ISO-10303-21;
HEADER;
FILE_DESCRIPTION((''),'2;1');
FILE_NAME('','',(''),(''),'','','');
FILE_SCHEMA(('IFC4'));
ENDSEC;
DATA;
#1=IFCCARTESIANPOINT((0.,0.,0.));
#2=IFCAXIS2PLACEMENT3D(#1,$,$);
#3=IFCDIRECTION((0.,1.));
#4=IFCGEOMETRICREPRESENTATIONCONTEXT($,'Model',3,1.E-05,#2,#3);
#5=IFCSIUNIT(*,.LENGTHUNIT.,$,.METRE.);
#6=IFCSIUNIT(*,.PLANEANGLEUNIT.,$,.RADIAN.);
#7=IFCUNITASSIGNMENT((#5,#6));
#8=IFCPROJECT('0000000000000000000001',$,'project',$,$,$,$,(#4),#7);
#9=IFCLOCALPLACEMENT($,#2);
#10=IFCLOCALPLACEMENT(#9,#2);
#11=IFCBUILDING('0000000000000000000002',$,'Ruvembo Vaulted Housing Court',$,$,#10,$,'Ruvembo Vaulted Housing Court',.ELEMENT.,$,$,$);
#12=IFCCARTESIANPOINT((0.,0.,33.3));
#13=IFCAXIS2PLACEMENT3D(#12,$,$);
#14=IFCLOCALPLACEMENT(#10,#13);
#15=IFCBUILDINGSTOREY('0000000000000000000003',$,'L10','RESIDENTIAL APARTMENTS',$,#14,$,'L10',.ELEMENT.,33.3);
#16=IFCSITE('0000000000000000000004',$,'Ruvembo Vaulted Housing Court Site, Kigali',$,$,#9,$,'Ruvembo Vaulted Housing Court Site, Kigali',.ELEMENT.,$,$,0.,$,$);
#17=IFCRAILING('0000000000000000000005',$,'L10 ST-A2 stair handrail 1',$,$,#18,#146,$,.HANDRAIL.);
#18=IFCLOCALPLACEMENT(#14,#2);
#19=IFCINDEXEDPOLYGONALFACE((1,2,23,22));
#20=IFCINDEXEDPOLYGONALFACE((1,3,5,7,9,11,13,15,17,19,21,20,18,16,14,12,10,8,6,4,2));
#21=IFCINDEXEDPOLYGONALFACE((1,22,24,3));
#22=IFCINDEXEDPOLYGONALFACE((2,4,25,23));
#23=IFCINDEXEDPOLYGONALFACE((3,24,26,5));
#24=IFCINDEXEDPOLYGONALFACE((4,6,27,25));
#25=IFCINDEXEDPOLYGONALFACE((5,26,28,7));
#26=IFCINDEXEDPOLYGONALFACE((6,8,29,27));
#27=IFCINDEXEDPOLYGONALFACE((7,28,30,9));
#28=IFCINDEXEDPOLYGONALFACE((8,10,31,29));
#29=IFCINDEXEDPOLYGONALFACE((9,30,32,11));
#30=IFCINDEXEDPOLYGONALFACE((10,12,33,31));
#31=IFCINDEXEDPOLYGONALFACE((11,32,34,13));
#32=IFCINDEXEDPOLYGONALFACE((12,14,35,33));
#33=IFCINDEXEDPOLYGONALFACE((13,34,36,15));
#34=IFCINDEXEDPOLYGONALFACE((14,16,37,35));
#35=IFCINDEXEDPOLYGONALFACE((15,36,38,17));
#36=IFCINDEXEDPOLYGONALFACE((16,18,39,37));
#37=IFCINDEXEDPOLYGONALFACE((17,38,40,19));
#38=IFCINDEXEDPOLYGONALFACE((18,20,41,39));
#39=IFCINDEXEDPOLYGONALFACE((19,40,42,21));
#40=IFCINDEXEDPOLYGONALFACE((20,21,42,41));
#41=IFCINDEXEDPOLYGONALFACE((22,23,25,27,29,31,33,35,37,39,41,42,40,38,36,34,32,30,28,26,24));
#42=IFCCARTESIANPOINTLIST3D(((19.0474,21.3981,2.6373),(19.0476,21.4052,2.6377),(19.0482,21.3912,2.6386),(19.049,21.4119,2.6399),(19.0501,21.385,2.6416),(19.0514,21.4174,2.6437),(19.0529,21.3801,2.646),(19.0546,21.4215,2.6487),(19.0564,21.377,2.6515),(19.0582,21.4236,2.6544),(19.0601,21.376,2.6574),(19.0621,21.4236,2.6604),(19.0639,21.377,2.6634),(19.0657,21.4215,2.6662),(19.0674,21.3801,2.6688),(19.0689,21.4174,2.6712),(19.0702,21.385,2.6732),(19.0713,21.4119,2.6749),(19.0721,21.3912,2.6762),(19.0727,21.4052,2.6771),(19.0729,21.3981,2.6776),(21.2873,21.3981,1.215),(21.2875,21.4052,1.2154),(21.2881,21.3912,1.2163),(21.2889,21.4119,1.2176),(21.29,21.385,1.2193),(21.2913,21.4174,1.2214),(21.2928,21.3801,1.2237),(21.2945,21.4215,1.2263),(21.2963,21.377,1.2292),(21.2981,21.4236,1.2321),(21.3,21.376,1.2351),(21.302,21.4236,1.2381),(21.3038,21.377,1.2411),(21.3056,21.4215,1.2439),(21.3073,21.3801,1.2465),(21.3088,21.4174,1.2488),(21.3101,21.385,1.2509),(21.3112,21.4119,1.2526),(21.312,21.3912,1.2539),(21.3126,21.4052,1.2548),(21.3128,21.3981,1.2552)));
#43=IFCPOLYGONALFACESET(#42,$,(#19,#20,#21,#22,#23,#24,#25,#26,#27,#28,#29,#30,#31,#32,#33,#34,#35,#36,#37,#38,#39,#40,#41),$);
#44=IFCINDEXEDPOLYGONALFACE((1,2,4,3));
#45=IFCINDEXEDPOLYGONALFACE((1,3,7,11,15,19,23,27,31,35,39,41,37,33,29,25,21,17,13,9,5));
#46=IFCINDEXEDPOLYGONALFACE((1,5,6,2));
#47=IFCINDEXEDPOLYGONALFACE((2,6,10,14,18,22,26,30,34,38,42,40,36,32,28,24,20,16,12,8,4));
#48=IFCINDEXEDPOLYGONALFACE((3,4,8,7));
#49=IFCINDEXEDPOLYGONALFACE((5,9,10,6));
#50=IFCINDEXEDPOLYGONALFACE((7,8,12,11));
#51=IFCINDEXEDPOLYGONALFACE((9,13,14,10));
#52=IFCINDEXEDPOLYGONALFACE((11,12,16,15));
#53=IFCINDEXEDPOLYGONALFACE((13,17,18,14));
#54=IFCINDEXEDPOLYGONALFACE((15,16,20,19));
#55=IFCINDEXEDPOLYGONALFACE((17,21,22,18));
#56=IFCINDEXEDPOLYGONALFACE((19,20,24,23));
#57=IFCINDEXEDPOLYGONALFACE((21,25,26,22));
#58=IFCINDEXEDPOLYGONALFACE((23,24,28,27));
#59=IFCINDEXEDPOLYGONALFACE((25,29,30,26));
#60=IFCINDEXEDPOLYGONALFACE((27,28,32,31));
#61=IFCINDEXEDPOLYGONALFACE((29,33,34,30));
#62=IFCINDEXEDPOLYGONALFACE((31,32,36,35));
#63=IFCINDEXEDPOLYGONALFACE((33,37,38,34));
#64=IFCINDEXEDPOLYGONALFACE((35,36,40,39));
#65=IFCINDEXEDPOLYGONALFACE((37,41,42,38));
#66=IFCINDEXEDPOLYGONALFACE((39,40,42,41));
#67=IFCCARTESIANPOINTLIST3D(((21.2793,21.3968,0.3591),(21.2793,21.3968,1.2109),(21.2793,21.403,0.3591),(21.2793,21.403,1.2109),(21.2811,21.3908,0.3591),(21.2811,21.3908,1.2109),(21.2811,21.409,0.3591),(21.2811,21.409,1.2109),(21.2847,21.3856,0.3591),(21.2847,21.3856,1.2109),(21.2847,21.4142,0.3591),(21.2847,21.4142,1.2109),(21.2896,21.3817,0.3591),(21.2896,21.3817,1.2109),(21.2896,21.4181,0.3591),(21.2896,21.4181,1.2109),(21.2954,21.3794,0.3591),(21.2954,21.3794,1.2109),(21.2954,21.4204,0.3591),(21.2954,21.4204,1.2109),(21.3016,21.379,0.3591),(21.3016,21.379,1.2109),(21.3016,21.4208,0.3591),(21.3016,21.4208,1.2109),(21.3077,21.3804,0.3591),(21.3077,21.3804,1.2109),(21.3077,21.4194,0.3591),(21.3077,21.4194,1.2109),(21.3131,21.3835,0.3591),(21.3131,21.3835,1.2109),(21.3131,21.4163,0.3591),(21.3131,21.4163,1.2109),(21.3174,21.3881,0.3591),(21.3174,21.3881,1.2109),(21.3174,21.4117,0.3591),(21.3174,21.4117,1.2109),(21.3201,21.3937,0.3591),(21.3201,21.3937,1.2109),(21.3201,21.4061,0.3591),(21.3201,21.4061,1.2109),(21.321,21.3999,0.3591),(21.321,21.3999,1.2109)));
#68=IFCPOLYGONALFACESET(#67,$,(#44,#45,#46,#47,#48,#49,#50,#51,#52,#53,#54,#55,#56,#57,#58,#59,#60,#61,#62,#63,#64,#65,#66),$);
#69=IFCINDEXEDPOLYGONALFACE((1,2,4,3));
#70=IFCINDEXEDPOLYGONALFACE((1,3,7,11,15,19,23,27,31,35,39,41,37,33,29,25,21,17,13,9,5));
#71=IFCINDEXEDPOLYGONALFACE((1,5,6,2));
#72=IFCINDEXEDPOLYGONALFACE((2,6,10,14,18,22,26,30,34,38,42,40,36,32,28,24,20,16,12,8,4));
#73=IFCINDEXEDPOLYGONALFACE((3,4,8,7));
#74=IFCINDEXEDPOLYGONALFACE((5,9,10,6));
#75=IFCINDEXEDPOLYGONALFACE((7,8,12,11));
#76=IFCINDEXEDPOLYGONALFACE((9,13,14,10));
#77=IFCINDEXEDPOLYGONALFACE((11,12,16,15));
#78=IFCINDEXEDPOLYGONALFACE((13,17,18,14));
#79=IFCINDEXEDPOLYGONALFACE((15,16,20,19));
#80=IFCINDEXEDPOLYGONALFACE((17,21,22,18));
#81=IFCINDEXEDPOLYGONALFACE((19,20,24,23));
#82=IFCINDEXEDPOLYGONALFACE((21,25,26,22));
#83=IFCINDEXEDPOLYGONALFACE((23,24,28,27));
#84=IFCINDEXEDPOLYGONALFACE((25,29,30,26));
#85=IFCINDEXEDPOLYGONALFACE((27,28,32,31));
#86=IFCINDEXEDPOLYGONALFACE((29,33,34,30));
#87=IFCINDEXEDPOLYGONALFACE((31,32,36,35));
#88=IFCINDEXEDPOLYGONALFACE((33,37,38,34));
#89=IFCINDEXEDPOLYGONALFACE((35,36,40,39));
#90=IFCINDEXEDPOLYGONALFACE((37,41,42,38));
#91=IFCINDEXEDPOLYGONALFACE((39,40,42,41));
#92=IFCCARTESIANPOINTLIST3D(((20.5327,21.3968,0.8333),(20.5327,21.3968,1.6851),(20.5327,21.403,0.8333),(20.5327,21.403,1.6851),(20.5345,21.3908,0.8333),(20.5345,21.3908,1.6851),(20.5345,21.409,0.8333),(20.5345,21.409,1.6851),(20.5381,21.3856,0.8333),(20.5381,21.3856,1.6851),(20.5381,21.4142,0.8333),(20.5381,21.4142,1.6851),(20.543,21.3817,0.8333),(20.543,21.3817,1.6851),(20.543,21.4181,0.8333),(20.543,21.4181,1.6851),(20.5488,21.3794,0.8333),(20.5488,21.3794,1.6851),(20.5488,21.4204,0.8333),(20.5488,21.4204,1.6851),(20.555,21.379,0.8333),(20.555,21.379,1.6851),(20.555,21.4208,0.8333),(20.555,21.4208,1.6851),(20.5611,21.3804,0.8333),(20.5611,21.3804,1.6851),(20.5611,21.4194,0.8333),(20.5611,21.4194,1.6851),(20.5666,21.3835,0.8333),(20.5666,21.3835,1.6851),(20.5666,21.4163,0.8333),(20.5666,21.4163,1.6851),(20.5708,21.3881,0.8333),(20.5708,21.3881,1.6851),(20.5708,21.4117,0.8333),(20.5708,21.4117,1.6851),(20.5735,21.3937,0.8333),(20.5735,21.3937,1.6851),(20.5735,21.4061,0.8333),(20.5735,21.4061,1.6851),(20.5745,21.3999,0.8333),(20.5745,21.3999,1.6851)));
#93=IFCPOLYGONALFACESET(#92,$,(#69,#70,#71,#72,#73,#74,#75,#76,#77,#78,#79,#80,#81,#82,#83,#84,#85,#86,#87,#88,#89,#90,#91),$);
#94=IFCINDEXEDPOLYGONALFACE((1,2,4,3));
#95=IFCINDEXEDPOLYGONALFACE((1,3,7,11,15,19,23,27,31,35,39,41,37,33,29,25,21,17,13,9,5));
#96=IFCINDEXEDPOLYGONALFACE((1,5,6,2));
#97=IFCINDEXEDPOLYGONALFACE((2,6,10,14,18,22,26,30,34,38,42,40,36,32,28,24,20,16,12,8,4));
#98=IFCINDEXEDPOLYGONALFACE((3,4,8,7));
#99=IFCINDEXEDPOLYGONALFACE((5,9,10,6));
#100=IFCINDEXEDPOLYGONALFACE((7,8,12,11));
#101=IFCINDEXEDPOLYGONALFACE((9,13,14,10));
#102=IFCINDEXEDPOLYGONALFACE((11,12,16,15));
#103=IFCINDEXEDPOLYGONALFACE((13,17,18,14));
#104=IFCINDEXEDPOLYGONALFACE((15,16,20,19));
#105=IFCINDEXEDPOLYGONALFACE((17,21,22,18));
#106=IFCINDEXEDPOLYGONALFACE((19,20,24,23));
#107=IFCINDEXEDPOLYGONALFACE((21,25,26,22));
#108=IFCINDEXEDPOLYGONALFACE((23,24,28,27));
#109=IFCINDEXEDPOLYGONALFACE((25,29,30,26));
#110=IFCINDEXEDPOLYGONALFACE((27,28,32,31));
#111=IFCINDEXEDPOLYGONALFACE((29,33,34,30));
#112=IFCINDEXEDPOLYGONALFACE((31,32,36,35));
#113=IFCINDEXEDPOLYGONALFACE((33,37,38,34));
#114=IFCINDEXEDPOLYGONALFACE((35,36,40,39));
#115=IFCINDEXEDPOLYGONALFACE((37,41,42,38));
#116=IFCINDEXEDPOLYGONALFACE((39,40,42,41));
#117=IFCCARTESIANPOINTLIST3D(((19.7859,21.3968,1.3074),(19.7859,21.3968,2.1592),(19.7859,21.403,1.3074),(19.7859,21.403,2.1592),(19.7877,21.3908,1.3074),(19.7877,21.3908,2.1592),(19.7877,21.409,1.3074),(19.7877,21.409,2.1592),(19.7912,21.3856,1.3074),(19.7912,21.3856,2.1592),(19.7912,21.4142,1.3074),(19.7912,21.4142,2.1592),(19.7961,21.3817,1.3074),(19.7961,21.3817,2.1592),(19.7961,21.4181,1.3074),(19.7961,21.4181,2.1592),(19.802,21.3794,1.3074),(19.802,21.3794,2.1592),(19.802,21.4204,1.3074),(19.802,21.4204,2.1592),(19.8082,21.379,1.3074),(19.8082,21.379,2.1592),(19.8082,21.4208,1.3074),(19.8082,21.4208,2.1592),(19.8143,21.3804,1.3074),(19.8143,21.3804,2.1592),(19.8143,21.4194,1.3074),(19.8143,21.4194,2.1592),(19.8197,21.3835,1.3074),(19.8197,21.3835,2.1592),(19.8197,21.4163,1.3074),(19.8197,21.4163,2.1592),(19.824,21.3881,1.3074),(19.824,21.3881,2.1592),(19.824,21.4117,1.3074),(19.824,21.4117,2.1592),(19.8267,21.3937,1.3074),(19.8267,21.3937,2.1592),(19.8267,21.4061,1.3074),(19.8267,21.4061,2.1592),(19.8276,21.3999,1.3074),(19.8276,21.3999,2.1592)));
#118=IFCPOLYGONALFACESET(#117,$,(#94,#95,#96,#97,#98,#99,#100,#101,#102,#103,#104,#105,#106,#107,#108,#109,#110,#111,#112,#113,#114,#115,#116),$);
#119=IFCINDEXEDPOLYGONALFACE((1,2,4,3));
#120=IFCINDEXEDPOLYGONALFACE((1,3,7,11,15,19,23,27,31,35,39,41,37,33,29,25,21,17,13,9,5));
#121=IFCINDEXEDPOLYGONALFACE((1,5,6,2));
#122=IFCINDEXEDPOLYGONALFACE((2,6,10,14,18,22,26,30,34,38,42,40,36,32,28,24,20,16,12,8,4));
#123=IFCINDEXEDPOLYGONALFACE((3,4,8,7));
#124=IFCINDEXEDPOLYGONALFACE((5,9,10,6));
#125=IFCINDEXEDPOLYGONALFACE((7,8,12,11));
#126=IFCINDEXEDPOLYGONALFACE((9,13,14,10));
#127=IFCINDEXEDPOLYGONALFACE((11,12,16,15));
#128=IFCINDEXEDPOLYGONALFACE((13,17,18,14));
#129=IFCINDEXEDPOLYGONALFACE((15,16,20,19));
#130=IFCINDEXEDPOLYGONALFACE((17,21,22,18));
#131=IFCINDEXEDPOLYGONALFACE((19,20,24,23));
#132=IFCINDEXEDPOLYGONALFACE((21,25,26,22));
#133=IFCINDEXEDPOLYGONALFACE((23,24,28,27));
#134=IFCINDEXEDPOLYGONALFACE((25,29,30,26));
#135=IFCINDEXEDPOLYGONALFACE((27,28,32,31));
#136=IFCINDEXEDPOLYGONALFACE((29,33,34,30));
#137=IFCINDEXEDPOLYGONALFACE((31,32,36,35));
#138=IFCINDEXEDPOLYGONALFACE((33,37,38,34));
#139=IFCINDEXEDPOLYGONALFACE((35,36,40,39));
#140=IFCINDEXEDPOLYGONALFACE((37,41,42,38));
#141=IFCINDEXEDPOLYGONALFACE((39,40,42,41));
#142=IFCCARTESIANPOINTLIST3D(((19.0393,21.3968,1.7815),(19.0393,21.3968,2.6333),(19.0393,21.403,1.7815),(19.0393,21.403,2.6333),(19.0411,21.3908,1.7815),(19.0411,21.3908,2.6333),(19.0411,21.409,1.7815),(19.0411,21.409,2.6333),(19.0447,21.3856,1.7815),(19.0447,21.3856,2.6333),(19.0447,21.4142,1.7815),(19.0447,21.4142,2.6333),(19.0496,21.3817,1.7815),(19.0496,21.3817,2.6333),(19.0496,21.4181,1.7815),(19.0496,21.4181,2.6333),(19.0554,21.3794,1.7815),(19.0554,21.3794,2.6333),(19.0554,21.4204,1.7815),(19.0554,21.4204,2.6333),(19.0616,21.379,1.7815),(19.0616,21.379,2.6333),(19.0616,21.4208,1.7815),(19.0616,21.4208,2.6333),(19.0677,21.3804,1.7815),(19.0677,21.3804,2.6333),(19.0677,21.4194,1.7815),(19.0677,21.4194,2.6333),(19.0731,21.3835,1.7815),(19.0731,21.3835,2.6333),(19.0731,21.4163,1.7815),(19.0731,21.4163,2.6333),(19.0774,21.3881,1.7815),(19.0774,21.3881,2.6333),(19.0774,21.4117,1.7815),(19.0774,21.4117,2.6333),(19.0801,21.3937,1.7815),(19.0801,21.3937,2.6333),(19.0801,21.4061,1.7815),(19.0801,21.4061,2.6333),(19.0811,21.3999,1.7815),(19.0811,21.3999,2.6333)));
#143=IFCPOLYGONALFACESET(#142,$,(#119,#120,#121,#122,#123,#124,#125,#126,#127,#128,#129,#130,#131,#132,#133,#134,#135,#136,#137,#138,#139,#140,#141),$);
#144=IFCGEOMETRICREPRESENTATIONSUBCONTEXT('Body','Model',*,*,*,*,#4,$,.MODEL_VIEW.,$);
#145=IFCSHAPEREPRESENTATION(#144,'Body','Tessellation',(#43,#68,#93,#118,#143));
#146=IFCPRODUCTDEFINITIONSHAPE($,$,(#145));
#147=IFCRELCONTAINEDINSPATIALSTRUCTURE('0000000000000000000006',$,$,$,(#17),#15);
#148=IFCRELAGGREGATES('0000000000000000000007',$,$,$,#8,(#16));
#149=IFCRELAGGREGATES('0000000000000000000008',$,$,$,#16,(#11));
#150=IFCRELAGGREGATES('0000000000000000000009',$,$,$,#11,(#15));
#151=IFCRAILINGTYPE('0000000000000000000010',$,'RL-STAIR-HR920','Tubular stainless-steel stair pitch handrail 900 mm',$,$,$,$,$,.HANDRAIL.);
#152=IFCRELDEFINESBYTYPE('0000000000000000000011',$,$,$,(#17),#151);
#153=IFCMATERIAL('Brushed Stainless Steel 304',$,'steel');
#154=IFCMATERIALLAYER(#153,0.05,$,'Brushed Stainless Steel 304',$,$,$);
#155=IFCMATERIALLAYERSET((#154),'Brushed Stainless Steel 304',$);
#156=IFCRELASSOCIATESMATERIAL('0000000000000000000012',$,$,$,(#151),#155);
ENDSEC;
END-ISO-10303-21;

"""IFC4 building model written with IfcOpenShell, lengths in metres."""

from ifc_helpers import new_model, si_unit, direction, frame, origin, origin_2d, place, context, subcontext, project, spatial, circle, extrude, material, layer, layer_set, type_object, element, save


model = new_model("IFC4")

# Units and contexts
model_context = context("Model", 3, precision=1e-05, world=origin(), true_north=direction((0.0, 1.0)))
body_context = subcontext(model_context, "Body", "Model", "MODEL_VIEW")
ifc_project = project(units=[si_unit("LENGTHUNIT", "METRE"), si_unit("PLANEANGLEUNIT", "RADIAN")], contexts=[model_context])

# Site, building, storey
site_placement = place(None, origin())
site = spatial("IfcSite", under=ifc_project, at=site_placement, Name="Ruvembo Vaulted Housing Court Site, Kigali", LongName="Ruvembo Vaulted Housing Court Site, Kigali", CompositionType="ELEMENT", RefElevation=0.0)
building_placement = place(site_placement, origin())
building = spatial("IfcBuilding", under=site, at=building_placement, Name="Ruvembo Vaulted Housing Court", LongName="Ruvembo Vaulted Housing Court", CompositionType="ELEMENT")
storey_placement = place(building_placement, frame((0.0, 0.0, 33.3)))
storey = spatial("IfcBuildingStorey", under=building, at=storey_placement, Name="L10", Description="RESIDENTIAL APARTMENTS", LongName="L10", CompositionType="ELEMENT", Elevation=33.3)

# Shared definitions
ifc_material_1 = material(Name="Brushed Stainless Steel 304", Category="steel")

# Railing
ifc_layer_1 = layer(ifc_material_1, 0.05, Name="Brushed Stainless Steel 304")
ifc_layer_set_1 = layer_set([ifc_layer_1], Name="Brushed Stainless Steel 304")
railing_type_1 = type_object("IfcRailingType", Name="RL-STAIR-HR920", Description="Tubular stainless-steel stair pitch handrail 900 mm", PredefinedType="HANDRAIL", material=ifc_layer_set_1)
railing_1_placement = place(storey_placement, frame((21.3, 21.3999, 0.3591)))
element("IfcRailing", 1, at=railing_1_placement, inside=storey, type_object=railing_type_1, Name="L10 ST-A2 stair handrail 1", PredefinedType="HANDRAIL", context=body_context, shape_type="SweptSolid", body=[
    extrude(circle(Radius=0.0239, at=origin_2d()), frame((0.0, 0.0, 0.876), z_axis=(-0.844188, 0.0, 0.536048), x_axis=(0.0, -1.0, 0.0)), (0.0, 0.0, 1.0), 2.6533),
    extrude(circle(Radius=0.021, at=origin_2d()), origin(), (0.0, 0.0, 1.0), 0.8518),
    extrude(circle(Radius=0.021, at=origin_2d()), frame((-0.7466, 0.0, 0.4741)), (0.0, 0.0, 1.0), 0.8518),
    extrude(circle(Radius=0.021, at=origin_2d()), frame((-1.4934, 0.0, 0.9482)), (0.0, 0.0, 1.0), 0.8518),
    extrude(circle(Radius=0.021, at=origin_2d()), frame((-2.24, 0.0, 1.4224)), (0.0, 0.0, 1.0), 0.8518),
])

save(model, "model.ifc")
